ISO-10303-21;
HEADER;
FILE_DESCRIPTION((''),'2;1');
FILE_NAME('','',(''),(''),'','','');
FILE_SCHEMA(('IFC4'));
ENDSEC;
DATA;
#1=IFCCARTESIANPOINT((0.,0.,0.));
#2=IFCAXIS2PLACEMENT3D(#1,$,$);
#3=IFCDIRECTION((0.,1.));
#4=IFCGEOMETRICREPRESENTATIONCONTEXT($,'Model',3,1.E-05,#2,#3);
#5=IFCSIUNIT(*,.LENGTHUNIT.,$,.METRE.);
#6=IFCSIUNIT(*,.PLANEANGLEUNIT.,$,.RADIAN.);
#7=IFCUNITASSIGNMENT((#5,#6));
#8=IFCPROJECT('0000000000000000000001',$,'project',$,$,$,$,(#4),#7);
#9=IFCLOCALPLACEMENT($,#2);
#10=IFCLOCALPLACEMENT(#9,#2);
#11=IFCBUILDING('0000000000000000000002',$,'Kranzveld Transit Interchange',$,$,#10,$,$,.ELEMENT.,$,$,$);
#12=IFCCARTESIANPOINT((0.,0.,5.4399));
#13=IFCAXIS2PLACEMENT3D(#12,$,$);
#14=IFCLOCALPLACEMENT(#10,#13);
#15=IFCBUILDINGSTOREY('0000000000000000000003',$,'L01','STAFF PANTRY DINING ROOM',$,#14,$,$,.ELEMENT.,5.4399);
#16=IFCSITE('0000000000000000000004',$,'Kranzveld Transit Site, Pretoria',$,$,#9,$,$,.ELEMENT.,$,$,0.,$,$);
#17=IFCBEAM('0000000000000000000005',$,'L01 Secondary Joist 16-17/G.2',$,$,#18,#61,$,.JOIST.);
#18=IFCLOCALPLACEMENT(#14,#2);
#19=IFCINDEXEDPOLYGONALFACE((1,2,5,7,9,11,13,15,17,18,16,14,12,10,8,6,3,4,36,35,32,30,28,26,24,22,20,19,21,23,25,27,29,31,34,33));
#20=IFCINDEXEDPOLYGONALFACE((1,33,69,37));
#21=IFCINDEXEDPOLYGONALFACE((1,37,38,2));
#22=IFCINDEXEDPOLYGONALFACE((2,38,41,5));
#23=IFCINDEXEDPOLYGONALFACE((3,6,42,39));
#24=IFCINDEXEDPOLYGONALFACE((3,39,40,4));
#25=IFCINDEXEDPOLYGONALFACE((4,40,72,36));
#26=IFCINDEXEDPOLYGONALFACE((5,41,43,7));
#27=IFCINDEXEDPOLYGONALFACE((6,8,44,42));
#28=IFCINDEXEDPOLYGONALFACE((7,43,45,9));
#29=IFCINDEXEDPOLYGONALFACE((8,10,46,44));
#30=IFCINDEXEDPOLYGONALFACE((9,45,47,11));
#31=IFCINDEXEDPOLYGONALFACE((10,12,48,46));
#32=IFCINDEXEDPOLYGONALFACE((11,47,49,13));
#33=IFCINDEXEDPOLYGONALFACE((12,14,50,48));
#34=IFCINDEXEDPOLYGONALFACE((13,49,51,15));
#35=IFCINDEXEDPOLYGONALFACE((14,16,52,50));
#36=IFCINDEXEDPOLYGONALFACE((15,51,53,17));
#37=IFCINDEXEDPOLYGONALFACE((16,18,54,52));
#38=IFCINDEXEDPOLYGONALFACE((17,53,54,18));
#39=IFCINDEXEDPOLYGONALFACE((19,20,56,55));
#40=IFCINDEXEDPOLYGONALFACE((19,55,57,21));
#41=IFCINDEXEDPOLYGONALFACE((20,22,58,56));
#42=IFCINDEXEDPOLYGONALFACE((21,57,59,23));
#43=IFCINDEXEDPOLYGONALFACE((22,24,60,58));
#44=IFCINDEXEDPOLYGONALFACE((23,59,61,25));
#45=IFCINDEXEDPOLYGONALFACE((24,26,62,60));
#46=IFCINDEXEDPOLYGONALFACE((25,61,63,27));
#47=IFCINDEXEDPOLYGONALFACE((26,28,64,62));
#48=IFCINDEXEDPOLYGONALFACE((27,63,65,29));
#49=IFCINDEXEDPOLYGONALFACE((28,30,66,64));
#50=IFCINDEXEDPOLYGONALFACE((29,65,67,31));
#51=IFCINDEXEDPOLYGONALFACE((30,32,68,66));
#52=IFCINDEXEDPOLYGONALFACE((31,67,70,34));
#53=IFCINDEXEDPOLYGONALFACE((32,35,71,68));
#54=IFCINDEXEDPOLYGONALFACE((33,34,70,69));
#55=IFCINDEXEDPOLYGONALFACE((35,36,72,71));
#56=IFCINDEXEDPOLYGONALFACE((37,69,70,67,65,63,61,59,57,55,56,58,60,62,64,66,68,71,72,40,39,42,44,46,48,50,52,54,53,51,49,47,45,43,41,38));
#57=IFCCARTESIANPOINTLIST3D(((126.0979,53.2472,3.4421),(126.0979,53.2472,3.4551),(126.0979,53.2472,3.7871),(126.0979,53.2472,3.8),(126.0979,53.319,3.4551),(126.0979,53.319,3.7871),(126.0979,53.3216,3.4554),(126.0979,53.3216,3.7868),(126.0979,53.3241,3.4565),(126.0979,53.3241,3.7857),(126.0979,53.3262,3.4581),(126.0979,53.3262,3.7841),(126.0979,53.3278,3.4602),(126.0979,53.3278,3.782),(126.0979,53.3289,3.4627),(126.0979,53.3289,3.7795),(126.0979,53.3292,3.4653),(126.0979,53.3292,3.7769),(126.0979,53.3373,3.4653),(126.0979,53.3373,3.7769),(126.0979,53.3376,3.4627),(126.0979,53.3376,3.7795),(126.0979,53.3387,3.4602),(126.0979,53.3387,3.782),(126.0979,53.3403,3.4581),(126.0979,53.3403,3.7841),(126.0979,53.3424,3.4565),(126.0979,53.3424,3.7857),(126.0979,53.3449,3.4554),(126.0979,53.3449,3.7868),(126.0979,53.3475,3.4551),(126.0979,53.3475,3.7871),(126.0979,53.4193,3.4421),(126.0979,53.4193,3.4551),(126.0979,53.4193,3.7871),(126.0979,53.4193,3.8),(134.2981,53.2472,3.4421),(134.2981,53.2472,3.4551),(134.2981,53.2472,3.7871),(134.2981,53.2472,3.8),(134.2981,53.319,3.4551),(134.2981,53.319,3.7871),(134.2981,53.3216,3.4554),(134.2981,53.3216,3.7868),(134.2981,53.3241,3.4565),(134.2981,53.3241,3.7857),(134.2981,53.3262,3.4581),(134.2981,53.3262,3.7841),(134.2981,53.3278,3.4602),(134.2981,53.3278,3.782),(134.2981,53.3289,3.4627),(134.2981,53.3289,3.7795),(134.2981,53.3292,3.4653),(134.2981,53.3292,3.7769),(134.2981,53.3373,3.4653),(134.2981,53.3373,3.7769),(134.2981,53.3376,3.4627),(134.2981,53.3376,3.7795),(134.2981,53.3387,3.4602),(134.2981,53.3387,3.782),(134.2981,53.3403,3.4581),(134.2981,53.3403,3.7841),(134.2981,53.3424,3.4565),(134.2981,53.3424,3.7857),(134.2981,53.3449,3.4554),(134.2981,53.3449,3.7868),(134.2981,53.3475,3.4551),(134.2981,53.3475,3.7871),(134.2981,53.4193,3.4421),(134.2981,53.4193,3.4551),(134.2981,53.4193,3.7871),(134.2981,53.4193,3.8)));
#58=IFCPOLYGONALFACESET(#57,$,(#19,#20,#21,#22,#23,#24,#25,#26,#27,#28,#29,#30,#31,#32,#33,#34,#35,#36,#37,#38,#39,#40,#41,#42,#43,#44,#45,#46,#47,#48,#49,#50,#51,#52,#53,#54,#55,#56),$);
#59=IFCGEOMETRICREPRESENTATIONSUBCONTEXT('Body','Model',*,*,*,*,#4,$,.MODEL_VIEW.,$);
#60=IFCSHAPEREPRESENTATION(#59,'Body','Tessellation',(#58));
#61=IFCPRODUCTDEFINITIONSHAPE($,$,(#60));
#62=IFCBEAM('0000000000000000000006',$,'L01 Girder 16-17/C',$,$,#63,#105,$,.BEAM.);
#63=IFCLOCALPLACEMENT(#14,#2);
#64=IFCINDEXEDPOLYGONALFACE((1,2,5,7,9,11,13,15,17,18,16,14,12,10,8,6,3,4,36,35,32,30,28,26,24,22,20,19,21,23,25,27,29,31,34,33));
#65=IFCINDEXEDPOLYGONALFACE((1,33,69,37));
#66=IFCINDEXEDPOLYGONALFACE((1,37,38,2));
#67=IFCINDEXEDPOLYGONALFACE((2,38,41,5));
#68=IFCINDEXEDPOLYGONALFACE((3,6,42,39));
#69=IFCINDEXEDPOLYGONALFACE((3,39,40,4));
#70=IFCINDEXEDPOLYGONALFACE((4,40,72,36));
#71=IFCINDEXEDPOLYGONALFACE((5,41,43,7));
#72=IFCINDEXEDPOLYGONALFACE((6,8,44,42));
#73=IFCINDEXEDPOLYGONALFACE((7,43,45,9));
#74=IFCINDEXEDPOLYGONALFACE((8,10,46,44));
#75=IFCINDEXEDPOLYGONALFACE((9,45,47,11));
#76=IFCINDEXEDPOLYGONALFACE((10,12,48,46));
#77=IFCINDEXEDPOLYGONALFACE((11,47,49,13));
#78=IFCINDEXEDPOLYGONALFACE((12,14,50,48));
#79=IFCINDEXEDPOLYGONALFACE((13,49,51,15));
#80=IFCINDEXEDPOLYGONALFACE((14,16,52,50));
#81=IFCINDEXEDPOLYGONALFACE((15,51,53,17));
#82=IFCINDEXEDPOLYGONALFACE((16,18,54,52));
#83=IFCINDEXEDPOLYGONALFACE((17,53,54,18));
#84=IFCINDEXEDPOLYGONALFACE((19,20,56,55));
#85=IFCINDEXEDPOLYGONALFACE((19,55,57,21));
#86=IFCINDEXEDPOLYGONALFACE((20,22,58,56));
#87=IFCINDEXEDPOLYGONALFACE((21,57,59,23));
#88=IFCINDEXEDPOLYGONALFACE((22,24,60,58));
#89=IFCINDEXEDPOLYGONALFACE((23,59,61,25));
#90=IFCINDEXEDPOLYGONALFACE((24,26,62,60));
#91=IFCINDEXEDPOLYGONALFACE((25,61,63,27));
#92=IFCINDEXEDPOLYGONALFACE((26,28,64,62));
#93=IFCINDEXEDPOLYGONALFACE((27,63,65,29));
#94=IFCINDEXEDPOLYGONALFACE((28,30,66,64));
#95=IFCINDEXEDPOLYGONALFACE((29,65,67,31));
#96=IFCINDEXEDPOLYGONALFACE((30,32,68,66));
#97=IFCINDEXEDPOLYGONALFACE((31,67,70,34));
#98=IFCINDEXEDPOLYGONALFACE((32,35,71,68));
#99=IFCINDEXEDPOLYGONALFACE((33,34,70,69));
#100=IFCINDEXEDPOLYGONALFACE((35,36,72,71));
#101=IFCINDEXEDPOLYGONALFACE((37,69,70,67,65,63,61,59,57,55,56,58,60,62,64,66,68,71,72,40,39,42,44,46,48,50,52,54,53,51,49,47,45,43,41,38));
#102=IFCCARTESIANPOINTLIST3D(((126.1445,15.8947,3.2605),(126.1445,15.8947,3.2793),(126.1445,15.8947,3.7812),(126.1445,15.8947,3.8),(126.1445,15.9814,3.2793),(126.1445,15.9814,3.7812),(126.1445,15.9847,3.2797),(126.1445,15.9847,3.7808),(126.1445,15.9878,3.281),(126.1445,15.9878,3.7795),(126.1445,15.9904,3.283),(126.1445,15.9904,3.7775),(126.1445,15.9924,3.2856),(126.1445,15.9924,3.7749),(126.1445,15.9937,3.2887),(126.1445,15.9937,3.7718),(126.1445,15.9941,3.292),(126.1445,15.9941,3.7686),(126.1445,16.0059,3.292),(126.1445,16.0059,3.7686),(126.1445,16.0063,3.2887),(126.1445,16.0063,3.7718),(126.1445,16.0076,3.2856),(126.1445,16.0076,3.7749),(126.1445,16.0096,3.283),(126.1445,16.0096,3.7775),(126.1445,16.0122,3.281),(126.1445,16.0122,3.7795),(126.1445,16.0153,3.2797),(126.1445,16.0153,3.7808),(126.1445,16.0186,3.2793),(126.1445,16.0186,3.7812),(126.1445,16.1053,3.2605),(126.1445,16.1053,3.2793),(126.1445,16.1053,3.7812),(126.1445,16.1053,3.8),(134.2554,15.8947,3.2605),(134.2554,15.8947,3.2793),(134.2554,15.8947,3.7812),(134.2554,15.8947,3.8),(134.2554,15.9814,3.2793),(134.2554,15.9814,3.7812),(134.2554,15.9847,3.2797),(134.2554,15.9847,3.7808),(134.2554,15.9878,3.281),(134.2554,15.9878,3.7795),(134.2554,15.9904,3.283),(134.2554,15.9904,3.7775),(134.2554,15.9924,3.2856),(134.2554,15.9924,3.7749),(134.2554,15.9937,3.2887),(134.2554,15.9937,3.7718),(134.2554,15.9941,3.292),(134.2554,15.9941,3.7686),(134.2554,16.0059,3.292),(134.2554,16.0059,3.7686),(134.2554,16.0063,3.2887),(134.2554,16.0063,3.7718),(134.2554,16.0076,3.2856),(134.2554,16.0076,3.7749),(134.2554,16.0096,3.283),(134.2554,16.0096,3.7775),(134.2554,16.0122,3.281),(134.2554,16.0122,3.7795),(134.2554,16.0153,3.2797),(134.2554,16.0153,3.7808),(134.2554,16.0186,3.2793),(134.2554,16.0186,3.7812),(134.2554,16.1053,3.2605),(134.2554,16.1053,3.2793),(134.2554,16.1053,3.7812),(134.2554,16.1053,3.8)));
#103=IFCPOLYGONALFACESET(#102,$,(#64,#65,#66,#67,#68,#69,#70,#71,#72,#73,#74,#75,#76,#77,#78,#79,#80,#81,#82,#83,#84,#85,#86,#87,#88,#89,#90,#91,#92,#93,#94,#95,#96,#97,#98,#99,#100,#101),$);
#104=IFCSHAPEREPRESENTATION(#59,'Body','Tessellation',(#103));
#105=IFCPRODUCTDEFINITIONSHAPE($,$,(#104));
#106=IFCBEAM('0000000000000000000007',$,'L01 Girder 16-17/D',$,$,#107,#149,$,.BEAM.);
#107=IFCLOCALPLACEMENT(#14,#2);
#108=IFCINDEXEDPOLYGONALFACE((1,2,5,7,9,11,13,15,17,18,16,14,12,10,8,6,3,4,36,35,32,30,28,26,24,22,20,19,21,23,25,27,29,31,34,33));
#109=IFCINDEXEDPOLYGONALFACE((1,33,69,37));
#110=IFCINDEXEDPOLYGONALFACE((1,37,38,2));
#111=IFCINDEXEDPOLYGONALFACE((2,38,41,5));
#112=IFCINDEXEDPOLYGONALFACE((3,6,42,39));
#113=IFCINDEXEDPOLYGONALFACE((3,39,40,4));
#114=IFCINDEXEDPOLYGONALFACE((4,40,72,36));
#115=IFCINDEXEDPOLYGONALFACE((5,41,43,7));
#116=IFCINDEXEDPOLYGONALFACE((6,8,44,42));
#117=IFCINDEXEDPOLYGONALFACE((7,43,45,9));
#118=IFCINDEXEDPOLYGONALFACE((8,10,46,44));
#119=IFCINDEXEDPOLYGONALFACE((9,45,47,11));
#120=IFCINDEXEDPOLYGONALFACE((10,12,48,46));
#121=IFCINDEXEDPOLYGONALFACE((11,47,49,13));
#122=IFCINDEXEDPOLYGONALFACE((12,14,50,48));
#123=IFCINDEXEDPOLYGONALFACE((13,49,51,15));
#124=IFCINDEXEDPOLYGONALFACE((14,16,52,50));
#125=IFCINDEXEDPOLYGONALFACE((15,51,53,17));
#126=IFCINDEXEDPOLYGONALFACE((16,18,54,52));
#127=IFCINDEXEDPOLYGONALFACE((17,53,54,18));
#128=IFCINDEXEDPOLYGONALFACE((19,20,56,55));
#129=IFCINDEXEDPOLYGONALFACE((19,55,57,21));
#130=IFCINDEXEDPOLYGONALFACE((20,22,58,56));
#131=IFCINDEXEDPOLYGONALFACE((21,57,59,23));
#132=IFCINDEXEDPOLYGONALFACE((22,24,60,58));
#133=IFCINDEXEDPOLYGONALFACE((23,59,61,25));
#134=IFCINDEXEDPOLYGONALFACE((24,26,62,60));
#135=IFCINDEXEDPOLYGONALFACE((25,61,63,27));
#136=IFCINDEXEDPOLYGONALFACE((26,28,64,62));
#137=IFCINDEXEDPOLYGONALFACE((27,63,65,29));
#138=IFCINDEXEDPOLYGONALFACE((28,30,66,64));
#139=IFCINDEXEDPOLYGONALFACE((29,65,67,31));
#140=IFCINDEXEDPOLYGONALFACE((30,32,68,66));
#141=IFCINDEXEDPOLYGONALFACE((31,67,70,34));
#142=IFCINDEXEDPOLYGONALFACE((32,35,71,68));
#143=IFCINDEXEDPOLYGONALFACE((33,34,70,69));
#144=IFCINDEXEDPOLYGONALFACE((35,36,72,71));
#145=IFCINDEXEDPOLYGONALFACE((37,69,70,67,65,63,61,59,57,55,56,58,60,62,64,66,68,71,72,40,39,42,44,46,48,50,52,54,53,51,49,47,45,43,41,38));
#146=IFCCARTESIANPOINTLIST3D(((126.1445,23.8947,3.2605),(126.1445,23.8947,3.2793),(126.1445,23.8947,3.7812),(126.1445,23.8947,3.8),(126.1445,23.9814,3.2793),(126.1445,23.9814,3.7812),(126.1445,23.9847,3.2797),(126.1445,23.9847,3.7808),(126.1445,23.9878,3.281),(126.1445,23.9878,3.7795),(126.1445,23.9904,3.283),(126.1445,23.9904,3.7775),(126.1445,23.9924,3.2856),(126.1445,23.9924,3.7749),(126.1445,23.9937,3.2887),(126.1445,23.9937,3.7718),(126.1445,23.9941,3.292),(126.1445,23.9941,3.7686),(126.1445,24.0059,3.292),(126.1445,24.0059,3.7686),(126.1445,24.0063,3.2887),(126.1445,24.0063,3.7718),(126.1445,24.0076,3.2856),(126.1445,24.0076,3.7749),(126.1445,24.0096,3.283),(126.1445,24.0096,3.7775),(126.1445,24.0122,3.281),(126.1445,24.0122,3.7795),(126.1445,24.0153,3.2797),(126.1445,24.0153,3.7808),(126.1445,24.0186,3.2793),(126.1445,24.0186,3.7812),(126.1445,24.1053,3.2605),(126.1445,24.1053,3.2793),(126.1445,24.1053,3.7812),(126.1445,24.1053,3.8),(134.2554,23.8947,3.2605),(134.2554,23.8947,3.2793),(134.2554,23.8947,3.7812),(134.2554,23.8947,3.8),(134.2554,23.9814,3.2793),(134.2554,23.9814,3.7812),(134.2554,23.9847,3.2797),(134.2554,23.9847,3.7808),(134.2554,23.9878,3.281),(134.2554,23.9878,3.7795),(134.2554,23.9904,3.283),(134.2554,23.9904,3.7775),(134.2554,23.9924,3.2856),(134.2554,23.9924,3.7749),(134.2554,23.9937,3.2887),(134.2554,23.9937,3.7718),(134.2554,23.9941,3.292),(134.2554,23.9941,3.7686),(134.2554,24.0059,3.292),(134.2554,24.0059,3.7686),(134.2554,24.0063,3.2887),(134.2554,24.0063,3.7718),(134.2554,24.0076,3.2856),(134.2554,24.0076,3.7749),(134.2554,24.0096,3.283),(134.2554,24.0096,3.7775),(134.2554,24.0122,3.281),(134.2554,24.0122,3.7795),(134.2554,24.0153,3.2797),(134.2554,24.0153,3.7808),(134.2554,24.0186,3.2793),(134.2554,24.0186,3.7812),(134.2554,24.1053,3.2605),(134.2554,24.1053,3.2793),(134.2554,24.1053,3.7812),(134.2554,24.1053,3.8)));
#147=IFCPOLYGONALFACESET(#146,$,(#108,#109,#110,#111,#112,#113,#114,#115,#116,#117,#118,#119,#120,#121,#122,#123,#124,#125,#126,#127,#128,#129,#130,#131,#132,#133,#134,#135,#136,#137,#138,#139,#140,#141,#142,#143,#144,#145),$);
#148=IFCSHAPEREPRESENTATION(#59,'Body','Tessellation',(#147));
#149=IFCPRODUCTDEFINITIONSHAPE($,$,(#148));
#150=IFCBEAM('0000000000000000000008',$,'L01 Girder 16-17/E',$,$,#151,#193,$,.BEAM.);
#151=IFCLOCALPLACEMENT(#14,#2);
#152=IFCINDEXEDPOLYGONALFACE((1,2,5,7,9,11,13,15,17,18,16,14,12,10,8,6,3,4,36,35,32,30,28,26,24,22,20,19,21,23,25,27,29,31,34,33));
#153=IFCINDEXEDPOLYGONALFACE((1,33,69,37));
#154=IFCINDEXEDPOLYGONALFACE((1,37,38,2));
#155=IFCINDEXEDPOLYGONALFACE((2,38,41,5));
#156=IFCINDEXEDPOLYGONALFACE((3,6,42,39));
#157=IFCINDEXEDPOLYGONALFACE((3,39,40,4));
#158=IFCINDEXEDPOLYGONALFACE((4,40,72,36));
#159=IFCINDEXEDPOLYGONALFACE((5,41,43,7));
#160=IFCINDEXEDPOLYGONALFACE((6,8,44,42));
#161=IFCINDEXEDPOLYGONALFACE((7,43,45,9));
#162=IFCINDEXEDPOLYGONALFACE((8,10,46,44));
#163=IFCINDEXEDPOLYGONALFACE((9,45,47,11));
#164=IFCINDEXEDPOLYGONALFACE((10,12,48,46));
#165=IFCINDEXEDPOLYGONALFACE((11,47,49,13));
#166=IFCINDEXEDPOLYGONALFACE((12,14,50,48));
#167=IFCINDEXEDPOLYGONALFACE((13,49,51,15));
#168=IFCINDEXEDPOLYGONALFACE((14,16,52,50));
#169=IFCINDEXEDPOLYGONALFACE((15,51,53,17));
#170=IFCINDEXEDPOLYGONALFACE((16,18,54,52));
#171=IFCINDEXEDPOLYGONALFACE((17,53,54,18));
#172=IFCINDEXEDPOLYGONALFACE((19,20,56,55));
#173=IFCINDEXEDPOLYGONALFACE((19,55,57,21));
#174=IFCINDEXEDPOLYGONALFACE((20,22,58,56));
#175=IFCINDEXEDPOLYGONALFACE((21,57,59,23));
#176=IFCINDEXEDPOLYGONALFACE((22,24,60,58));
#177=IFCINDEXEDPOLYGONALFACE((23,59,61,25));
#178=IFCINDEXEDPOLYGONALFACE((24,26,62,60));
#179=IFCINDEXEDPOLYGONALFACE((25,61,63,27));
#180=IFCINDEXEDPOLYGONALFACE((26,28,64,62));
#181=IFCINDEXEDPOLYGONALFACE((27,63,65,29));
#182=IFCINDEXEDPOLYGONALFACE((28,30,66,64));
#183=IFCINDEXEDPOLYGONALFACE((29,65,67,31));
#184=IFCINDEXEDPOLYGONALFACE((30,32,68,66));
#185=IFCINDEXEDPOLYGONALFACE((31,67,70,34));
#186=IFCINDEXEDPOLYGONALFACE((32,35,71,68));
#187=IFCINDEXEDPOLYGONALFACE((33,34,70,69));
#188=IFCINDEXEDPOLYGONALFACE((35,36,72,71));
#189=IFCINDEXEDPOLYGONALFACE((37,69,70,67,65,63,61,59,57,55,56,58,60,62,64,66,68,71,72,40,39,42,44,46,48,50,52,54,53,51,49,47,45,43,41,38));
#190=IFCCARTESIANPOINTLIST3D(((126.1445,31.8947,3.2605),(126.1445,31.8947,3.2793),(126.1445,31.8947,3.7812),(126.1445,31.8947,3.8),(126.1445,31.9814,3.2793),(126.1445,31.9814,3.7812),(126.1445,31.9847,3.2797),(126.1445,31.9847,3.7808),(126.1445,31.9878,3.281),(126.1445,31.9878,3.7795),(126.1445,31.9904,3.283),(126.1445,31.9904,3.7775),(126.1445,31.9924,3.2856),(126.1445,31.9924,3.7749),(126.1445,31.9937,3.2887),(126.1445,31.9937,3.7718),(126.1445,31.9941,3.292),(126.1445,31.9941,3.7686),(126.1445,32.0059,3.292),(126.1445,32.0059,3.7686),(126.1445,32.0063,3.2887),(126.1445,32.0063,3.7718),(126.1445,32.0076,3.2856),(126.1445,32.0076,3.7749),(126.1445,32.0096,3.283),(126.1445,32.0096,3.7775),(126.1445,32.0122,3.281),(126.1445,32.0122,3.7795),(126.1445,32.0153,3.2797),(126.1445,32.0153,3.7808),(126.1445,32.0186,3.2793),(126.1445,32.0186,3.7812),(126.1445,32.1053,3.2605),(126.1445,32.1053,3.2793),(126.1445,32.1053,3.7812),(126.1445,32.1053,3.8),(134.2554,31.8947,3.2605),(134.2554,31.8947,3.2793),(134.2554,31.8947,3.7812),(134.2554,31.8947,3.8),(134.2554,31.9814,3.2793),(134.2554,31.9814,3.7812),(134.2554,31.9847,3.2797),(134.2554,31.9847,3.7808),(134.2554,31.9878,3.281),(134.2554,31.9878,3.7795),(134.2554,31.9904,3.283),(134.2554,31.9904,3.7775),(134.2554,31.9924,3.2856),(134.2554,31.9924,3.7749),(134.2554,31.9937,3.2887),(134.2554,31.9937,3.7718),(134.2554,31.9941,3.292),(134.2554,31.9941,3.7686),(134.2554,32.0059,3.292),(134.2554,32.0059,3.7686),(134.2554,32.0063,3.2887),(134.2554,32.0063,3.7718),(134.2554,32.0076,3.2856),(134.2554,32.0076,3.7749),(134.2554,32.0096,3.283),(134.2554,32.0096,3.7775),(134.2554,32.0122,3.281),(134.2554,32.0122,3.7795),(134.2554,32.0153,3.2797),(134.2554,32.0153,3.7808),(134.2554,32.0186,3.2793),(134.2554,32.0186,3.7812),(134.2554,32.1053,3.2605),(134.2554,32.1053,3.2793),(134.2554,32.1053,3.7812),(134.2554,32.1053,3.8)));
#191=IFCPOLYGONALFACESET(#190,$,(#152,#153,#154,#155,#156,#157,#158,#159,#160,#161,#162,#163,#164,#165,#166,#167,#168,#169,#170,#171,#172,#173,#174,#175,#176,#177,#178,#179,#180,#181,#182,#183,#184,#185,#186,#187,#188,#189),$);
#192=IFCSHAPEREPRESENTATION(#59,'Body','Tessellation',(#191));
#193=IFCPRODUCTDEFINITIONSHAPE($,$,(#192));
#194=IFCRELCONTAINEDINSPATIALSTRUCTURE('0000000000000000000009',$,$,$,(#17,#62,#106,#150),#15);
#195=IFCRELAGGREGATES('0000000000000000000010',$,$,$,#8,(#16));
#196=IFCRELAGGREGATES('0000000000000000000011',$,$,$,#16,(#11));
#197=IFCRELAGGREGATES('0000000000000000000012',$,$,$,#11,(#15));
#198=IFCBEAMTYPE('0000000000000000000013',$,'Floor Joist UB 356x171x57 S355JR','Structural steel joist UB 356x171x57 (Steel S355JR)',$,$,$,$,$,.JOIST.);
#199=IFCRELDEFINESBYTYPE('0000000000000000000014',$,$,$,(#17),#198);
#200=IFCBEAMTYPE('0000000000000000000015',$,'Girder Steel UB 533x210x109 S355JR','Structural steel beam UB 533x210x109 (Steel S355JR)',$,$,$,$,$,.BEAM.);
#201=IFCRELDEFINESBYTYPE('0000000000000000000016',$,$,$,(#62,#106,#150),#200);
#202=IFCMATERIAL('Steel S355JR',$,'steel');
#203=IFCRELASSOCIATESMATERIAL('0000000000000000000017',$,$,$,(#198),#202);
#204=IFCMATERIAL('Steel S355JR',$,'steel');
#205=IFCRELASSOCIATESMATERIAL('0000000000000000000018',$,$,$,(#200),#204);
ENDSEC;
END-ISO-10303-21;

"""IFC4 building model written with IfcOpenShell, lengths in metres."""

from ifc_helpers import new_model, si_unit, direction, frame, origin, origin_2d, place, context, subcontext, project, spatial, i_section, extrude, material, material_profile, profile_set, type_object, element, save


model = new_model("IFC4")

# Units and contexts
model_context = context("Model", 3, precision=1e-05, world=origin(), true_north=direction((0.0, 1.0)))
body_context = subcontext(model_context, "Body", "Model", "MODEL_VIEW")
ifc_project = project(units=[si_unit("LENGTHUNIT", "METRE"), si_unit("PLANEANGLEUNIT", "RADIAN")], contexts=[model_context])

# Site, building, storey
site_placement = place(None, origin())
site = spatial("IfcSite", under=ifc_project, at=site_placement, Name="Kranzveld Transit Site, Pretoria", CompositionType="ELEMENT", RefElevation=0.0)
building_placement = place(site_placement, origin())
building = spatial("IfcBuilding", under=site, at=building_placement, Name="Kranzveld Transit Interchange", CompositionType="ELEMENT")
storey_placement = place(building_placement, frame((0.0, 0.0, 5.4399)))
storey = spatial("IfcBuildingStorey", under=building, at=storey_placement, Name="L01", Description="STAFF PANTRY DINING ROOM", CompositionType="ELEMENT", Elevation=5.4399)

# Beams
ifc_material_1 = material(Name="Steel S355JR", Category="steel")
ifc_material_profile_1 = material_profile(ifc_material_1, i_section(OverallWidth=0.1721, OverallDepth=0.3579, WebThickness=0.0081, FlangeThickness=0.0129, FilletRadius=0.0103, at=origin_2d()), Name="UB 356x171x57")
ifc_profile_set_1 = profile_set([ifc_material_profile_1], Name="Steel S355JR")
beam_type_1 = type_object("IfcBeamType", Name="Floor Joist UB 356x171x57 S355JR", Description="Structural steel joist UB 356x171x57 (Steel S355JR)", PredefinedType="JOIST", material=ifc_profile_set_1)
for number, where, z_axis, x_axis, name in (
    (1, (126.0979, 53.3333, 3.6211), (1.0, 0.0, 0.0), (0.0, 1.0, 0.0), "L01 Secondary Joist 16-17/G.2"),
):
    element("IfcBeam", number, at=place(storey_placement, frame(where, z_axis=z_axis, x_axis=x_axis)), inside=storey, type_object=beam_type_1, Name=name, PredefinedType="JOIST", context=body_context, shape_type="SweptSolid", body=[
        extrude(i_section(OverallWidth=0.1721, OverallDepth=0.3579, WebThickness=0.0081, FlangeThickness=0.0129, FilletRadius=0.0103, at=origin_2d()), origin(), (0.0, 0.0, 1.0), 8.2002),
    ])
ifc_material_2 = material(Name="Steel S355JR", Category="steel")
ifc_material_profile_2 = material_profile(ifc_material_2, i_section(OverallWidth=0.2107, OverallDepth=0.5396, WebThickness=0.0117, FlangeThickness=0.0188, FilletRadius=0.0127, at=origin_2d()), Name="UB 533x210x109")
ifc_profile_set_2 = profile_set([ifc_material_profile_2], Name="Steel S355JR")
beam_type_2 = type_object("IfcBeamType", Name="Girder Steel UB 533x210x109 S355JR", Description="Structural steel beam UB 533x210x109 (Steel S355JR)", PredefinedType="BEAM", material=ifc_profile_set_2)
for number, where, z_axis, x_axis, name in (
    (2, (126.1445, 16.0, 3.5303), (1.0, 0.0, 0.0), (0.0, 1.0, 0.0), "L01 Girder 16-17/C"),
    (3, (126.1445, 24.0, 3.5303), (1.0, 0.0, 0.0), (0.0, 1.0, 0.0), "L01 Girder 16-17/D"),
    (4, (126.1445, 32.0, 3.5303), (1.0, 0.0, 0.0), (0.0, 1.0, 0.0), "L01 Girder 16-17/E"),
):
    element("IfcBeam", number, at=place(storey_placement, frame(where, z_axis=z_axis, x_axis=x_axis)), inside=storey, type_object=beam_type_2, Name=name, PredefinedType="BEAM", context=body_context, shape_type="SweptSolid", body=[
        extrude(i_section(OverallWidth=0.2107, OverallDepth=0.5396, WebThickness=0.0117, FlangeThickness=0.0188, FilletRadius=0.0127, at=origin_2d()), origin(), (0.0, 0.0, 1.0), 8.1108),
    ])

save(model, "model.ifc")
